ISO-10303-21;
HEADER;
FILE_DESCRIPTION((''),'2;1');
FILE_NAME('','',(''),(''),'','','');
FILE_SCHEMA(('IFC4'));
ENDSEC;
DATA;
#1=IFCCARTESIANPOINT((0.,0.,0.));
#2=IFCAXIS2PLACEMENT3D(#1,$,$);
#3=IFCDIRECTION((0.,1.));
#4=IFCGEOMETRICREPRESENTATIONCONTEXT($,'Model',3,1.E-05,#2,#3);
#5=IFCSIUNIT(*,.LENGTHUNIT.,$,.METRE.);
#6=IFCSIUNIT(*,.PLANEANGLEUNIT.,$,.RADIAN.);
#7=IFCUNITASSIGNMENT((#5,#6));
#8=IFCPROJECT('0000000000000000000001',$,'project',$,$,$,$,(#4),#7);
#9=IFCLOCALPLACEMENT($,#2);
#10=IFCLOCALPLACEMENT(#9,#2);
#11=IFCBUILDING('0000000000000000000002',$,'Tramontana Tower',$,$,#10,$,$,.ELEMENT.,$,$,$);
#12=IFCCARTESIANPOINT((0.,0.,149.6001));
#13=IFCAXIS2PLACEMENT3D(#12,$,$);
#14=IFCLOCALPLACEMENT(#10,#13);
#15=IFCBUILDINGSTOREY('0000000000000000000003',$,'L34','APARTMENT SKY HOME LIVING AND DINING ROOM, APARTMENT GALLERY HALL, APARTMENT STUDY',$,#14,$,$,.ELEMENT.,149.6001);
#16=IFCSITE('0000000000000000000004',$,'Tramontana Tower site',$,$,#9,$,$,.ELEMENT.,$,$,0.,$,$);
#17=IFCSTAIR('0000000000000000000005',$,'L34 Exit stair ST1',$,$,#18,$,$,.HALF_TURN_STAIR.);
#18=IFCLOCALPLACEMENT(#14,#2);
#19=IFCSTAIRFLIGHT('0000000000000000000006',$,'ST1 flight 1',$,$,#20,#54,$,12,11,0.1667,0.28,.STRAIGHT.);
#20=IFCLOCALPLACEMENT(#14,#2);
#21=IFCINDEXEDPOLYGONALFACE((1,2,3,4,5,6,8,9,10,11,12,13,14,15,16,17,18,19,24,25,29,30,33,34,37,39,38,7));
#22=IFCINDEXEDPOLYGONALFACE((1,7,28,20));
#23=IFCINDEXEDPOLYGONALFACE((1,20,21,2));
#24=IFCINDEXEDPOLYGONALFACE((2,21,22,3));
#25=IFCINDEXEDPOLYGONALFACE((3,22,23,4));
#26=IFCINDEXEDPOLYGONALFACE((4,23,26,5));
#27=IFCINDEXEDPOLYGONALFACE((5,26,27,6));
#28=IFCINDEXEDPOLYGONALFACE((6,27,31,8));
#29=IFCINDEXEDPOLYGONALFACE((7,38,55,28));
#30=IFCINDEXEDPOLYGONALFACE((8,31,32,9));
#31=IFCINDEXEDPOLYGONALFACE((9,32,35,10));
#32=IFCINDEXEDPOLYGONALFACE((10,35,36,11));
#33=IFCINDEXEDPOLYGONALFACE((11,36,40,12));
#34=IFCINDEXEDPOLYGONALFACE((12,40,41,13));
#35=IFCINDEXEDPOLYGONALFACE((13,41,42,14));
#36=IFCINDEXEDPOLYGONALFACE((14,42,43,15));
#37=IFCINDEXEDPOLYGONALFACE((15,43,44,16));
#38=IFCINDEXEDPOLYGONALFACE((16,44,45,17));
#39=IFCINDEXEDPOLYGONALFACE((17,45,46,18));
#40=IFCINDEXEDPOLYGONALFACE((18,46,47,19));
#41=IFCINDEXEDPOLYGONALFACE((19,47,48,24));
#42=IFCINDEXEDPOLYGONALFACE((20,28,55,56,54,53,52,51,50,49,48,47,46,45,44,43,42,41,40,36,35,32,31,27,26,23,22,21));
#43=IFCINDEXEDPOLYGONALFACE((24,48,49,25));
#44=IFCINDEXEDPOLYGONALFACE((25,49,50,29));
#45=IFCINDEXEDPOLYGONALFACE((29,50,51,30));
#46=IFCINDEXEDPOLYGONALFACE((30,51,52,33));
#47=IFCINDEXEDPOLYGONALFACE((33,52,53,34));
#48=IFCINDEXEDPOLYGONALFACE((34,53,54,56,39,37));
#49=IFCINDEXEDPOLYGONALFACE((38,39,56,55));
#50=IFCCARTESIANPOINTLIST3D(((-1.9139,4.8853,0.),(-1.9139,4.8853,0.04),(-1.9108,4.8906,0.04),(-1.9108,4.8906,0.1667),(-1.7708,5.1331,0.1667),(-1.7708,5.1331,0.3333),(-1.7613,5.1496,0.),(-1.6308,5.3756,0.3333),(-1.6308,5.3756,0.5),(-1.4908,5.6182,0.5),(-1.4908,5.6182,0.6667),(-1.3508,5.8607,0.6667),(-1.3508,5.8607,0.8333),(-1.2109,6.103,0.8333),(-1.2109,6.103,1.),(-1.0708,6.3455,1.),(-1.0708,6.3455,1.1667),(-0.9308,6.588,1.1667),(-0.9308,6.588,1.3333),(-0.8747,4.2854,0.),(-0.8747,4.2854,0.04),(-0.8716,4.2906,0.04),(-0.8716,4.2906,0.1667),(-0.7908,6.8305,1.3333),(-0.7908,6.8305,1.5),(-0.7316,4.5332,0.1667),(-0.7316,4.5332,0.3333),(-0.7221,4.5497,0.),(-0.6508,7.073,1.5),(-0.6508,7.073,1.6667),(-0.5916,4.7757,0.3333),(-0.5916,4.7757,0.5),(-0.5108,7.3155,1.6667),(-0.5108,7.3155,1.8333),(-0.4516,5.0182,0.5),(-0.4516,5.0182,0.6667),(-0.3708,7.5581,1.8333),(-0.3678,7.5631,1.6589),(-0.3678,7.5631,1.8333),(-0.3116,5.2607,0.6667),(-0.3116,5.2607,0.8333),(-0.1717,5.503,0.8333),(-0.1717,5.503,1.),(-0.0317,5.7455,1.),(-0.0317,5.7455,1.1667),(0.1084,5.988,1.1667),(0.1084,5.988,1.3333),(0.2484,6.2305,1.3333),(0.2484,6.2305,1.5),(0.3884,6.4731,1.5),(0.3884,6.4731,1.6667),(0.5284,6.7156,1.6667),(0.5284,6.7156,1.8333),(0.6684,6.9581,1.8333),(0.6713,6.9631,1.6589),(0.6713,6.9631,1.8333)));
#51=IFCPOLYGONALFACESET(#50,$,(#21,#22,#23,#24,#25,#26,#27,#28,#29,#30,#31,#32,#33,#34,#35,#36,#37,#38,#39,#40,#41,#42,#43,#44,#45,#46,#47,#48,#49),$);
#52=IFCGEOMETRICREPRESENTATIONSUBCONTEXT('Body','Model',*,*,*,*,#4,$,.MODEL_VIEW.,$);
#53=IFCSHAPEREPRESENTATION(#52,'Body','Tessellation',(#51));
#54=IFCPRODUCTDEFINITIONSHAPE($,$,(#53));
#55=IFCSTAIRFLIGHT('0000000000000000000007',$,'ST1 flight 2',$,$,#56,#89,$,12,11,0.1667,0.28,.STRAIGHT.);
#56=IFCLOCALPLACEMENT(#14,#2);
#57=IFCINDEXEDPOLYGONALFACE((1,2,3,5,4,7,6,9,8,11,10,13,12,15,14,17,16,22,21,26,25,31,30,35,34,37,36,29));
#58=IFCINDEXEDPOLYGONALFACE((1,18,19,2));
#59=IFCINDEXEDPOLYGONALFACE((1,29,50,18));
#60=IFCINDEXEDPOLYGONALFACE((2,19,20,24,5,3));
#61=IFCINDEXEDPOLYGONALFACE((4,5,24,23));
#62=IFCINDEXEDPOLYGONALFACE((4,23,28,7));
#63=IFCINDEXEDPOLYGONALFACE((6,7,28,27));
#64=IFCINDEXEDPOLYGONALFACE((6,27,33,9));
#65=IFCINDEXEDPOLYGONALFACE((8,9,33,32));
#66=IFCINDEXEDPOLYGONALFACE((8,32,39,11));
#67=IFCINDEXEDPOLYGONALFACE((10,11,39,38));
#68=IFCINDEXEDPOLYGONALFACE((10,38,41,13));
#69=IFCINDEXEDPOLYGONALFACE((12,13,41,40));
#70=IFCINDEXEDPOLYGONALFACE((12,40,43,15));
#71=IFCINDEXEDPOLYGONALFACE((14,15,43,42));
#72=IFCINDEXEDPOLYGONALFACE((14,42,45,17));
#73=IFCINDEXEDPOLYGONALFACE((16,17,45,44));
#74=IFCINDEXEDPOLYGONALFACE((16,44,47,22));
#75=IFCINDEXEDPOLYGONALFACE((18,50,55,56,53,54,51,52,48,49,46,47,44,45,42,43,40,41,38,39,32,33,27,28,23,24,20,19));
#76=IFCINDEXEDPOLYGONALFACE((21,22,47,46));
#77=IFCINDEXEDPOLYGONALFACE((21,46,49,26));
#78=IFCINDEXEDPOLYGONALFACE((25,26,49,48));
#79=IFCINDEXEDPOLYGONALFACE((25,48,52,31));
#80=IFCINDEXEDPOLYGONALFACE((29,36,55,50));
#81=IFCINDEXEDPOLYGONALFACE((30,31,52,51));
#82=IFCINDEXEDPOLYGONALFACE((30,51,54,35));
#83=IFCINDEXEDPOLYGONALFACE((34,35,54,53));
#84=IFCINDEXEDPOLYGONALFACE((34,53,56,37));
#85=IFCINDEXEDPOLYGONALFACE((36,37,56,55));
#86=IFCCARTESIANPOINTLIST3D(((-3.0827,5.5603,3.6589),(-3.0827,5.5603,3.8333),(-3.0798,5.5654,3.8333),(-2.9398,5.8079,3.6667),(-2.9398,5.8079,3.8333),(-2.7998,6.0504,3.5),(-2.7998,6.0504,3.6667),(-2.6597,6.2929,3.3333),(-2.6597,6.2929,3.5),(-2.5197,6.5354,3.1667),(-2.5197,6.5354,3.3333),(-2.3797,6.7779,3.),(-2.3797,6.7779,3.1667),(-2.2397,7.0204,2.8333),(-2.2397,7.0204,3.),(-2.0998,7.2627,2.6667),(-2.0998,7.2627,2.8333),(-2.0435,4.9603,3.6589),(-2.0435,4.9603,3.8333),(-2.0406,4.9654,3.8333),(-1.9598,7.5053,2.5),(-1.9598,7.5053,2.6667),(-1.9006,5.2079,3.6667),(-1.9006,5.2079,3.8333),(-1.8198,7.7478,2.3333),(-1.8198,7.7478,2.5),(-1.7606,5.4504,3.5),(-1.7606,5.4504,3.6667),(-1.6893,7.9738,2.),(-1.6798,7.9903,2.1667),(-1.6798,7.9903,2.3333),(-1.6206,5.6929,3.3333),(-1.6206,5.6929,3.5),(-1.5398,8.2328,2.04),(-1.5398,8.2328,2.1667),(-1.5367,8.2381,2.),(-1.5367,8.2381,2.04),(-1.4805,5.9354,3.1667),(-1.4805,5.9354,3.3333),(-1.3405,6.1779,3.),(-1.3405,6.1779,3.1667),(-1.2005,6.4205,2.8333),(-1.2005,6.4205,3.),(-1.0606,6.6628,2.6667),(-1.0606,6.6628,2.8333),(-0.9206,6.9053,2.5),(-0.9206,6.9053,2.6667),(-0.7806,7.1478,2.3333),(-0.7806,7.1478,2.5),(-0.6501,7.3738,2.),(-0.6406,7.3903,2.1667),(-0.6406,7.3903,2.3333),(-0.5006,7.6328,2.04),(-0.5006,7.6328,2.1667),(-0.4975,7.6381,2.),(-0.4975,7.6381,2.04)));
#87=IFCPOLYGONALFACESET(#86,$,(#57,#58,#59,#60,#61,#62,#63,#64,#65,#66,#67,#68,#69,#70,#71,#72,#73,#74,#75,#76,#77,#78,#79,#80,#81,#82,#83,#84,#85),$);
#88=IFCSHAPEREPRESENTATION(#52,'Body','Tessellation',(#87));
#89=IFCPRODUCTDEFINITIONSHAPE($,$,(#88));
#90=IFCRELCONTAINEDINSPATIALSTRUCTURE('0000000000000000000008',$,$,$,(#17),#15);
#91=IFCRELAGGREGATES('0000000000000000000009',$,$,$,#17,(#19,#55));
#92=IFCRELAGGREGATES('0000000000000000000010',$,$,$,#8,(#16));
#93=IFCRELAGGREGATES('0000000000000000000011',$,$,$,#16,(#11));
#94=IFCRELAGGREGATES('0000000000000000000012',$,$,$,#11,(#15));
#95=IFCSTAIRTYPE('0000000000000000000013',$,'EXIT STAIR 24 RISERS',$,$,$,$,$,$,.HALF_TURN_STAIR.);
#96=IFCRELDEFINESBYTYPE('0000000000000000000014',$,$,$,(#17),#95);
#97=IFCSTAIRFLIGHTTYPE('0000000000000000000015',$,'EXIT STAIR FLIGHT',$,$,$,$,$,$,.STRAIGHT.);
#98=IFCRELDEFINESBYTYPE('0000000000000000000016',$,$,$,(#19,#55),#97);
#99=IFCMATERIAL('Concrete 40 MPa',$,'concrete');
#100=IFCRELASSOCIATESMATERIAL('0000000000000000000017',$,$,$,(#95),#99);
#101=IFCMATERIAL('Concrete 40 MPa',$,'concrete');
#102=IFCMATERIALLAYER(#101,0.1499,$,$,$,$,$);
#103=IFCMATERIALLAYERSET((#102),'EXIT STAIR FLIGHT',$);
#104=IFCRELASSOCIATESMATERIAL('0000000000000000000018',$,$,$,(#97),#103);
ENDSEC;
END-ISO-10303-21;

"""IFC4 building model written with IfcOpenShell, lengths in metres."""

from ifc_helpers import new_model, si_unit, direction, frame, origin, place, context, subcontext, project, spatial, polyline, outline, extrude, material, layer, layer_set, type_object, element, aggregate, save


model = new_model("IFC4")

# Units and contexts
model_context = context("Model", 3, precision=1e-05, world=origin(), true_north=direction((0.0, 1.0)))
body_context = subcontext(model_context, "Body", "Model", "MODEL_VIEW")
ifc_project = project(units=[si_unit("LENGTHUNIT", "METRE"), si_unit("PLANEANGLEUNIT", "RADIAN")], contexts=[model_context])

# Site, building, storey
site_placement = place(None, origin())
site = spatial("IfcSite", under=ifc_project, at=site_placement, Name="Tramontana Tower site", CompositionType="ELEMENT", RefElevation=0.0)
building_placement = place(site_placement, origin())
building = spatial("IfcBuilding", under=site, at=building_placement, Name="Tramontana Tower", CompositionType="ELEMENT")
storey_placement = place(building_placement, frame((0.0, 0.0, 149.6001)))
storey = spatial("IfcBuildingStorey", under=building, at=storey_placement, Name="L34", Description="APARTMENT SKY HOME LIVING AND DINING ROOM, APARTMENT GALLERY HALL, APARTMENT STUDY", CompositionType="ELEMENT", Elevation=149.6001)

# Stair, stair flights
ifc_material_1 = material(Name="Concrete 40 MPa", Category="concrete")
stair_type = type_object("IfcStairType", Name="EXIT STAIR 24 RISERS", PredefinedType="HALF_TURN_STAIR", material=ifc_material_1)
stair_placement = place(storey_placement, origin())
stair = element("IfcStair", 1, at=stair_placement, inside=storey, type_object=stair_type, Name="L34 Exit stair ST1", PredefinedType="HALF_TURN_STAIR")
ifc_material_2 = material(Name="Concrete 40 MPa", Category="concrete")
ifc_layer_1 = layer(ifc_material_2, 0.1499)
ifc_layer_set_1 = layer_set([ifc_layer_1], Name="EXIT STAIR FLIGHT")
stair_flight_type = type_object("IfcStairFlightType", Name="EXIT STAIR FLIGHT", PredefinedType="STRAIGHT", material=ifc_layer_set_1)
stair_flight_1_placement = place(storey_placement, frame((-1.3911, 4.5906, 0.0), z_axis=(0.0, 0.0, 1.0), x_axis=(0.5, 0.866025, 0.0)))
stair_flight_1 = element("IfcStairFlight", 2, at=stair_flight_1_placement, type_object=stair_flight_type, Name="ST1 flight 1", NumberOfRisers=12, NumberOfTreads=11, PredefinedType="STRAIGHT", RiserHeight=0.1667, TreadLength=0.28, context=body_context, shape_type="SweptSolid", body=[
    extrude(outline(polyline([(-0.0061, 0.0), (-0.0061, 0.04), (0.0, 0.04), (0.0, 0.1667), (0.28, 0.1667), (0.28, 0.3333), (0.5601, 0.3333), (0.5601, 0.5), (0.8401, 0.5), (0.8401, 0.6667), (1.1201, 0.6667), (1.1201, 0.8333), (1.3999, 0.8333), (1.3999, 1.0), (1.6799, 1.0), (1.6799, 1.1667), (1.96, 1.1667), (1.96, 1.3333), (2.24, 1.3333), (2.24, 1.5), (2.52, 1.5), (2.52, 1.6667), (2.8, 1.6667), (2.8, 1.8333), (3.0801, 1.8333), (3.0859, 1.8333), (3.0859, 1.6589), (0.2991, 0.0), (-0.0061, 0.0)])), frame((0.0, 0.6001, 0.0), z_axis=(0.0, -1.0, 0.0), x_axis=(1.0, 0.0, 0.0)), (0.0, 0.0, 1.0), 1.2),
])
stair_flight_2_placement = place(storey_placement, frame((-1.0203, 7.9329, 2.0), z_axis=(0.0, 0.0, 1.0), x_axis=(-0.5, -0.866025, 0.0)))
stair_flight_2 = element("IfcStairFlight", 3, at=stair_flight_2_placement, type_object=stair_flight_type, Name="ST1 flight 2", NumberOfRisers=12, NumberOfTreads=11, PredefinedType="STRAIGHT", RiserHeight=0.1667, TreadLength=0.28, context=body_context, shape_type="SweptSolid", body=[
    extrude(outline(polyline([(-0.0061, 0.0), (-0.0061, 0.04), (0.0, 0.04), (0.0, 0.1667), (0.28, 0.1667), (0.28, 0.3333), (0.5601, 0.3333), (0.5601, 0.5), (0.8401, 0.5), (0.8401, 0.6667), (1.1201, 0.6667), (1.1201, 0.8333), (1.3999, 0.8333), (1.3999, 1.0), (1.6799, 1.0), (1.6799, 1.1667), (1.96, 1.1667), (1.96, 1.3333), (2.24, 1.3333), (2.24, 1.5), (2.52, 1.5), (2.52, 1.6667), (2.8, 1.6667), (2.8, 1.8333), (3.0801, 1.8333), (3.0859, 1.8333), (3.0859, 1.6589), (0.2991, 0.0), (-0.0061, 0.0)])), frame((0.0, 0.6001, 0.0), z_axis=(0.0, -1.0, 0.0), x_axis=(1.0, 0.0, 0.0)), (0.0, 0.0, 1.0), 1.2),
])
aggregate(stair, [stair_flight_1, stair_flight_2])

save(model, "model.ifc")
